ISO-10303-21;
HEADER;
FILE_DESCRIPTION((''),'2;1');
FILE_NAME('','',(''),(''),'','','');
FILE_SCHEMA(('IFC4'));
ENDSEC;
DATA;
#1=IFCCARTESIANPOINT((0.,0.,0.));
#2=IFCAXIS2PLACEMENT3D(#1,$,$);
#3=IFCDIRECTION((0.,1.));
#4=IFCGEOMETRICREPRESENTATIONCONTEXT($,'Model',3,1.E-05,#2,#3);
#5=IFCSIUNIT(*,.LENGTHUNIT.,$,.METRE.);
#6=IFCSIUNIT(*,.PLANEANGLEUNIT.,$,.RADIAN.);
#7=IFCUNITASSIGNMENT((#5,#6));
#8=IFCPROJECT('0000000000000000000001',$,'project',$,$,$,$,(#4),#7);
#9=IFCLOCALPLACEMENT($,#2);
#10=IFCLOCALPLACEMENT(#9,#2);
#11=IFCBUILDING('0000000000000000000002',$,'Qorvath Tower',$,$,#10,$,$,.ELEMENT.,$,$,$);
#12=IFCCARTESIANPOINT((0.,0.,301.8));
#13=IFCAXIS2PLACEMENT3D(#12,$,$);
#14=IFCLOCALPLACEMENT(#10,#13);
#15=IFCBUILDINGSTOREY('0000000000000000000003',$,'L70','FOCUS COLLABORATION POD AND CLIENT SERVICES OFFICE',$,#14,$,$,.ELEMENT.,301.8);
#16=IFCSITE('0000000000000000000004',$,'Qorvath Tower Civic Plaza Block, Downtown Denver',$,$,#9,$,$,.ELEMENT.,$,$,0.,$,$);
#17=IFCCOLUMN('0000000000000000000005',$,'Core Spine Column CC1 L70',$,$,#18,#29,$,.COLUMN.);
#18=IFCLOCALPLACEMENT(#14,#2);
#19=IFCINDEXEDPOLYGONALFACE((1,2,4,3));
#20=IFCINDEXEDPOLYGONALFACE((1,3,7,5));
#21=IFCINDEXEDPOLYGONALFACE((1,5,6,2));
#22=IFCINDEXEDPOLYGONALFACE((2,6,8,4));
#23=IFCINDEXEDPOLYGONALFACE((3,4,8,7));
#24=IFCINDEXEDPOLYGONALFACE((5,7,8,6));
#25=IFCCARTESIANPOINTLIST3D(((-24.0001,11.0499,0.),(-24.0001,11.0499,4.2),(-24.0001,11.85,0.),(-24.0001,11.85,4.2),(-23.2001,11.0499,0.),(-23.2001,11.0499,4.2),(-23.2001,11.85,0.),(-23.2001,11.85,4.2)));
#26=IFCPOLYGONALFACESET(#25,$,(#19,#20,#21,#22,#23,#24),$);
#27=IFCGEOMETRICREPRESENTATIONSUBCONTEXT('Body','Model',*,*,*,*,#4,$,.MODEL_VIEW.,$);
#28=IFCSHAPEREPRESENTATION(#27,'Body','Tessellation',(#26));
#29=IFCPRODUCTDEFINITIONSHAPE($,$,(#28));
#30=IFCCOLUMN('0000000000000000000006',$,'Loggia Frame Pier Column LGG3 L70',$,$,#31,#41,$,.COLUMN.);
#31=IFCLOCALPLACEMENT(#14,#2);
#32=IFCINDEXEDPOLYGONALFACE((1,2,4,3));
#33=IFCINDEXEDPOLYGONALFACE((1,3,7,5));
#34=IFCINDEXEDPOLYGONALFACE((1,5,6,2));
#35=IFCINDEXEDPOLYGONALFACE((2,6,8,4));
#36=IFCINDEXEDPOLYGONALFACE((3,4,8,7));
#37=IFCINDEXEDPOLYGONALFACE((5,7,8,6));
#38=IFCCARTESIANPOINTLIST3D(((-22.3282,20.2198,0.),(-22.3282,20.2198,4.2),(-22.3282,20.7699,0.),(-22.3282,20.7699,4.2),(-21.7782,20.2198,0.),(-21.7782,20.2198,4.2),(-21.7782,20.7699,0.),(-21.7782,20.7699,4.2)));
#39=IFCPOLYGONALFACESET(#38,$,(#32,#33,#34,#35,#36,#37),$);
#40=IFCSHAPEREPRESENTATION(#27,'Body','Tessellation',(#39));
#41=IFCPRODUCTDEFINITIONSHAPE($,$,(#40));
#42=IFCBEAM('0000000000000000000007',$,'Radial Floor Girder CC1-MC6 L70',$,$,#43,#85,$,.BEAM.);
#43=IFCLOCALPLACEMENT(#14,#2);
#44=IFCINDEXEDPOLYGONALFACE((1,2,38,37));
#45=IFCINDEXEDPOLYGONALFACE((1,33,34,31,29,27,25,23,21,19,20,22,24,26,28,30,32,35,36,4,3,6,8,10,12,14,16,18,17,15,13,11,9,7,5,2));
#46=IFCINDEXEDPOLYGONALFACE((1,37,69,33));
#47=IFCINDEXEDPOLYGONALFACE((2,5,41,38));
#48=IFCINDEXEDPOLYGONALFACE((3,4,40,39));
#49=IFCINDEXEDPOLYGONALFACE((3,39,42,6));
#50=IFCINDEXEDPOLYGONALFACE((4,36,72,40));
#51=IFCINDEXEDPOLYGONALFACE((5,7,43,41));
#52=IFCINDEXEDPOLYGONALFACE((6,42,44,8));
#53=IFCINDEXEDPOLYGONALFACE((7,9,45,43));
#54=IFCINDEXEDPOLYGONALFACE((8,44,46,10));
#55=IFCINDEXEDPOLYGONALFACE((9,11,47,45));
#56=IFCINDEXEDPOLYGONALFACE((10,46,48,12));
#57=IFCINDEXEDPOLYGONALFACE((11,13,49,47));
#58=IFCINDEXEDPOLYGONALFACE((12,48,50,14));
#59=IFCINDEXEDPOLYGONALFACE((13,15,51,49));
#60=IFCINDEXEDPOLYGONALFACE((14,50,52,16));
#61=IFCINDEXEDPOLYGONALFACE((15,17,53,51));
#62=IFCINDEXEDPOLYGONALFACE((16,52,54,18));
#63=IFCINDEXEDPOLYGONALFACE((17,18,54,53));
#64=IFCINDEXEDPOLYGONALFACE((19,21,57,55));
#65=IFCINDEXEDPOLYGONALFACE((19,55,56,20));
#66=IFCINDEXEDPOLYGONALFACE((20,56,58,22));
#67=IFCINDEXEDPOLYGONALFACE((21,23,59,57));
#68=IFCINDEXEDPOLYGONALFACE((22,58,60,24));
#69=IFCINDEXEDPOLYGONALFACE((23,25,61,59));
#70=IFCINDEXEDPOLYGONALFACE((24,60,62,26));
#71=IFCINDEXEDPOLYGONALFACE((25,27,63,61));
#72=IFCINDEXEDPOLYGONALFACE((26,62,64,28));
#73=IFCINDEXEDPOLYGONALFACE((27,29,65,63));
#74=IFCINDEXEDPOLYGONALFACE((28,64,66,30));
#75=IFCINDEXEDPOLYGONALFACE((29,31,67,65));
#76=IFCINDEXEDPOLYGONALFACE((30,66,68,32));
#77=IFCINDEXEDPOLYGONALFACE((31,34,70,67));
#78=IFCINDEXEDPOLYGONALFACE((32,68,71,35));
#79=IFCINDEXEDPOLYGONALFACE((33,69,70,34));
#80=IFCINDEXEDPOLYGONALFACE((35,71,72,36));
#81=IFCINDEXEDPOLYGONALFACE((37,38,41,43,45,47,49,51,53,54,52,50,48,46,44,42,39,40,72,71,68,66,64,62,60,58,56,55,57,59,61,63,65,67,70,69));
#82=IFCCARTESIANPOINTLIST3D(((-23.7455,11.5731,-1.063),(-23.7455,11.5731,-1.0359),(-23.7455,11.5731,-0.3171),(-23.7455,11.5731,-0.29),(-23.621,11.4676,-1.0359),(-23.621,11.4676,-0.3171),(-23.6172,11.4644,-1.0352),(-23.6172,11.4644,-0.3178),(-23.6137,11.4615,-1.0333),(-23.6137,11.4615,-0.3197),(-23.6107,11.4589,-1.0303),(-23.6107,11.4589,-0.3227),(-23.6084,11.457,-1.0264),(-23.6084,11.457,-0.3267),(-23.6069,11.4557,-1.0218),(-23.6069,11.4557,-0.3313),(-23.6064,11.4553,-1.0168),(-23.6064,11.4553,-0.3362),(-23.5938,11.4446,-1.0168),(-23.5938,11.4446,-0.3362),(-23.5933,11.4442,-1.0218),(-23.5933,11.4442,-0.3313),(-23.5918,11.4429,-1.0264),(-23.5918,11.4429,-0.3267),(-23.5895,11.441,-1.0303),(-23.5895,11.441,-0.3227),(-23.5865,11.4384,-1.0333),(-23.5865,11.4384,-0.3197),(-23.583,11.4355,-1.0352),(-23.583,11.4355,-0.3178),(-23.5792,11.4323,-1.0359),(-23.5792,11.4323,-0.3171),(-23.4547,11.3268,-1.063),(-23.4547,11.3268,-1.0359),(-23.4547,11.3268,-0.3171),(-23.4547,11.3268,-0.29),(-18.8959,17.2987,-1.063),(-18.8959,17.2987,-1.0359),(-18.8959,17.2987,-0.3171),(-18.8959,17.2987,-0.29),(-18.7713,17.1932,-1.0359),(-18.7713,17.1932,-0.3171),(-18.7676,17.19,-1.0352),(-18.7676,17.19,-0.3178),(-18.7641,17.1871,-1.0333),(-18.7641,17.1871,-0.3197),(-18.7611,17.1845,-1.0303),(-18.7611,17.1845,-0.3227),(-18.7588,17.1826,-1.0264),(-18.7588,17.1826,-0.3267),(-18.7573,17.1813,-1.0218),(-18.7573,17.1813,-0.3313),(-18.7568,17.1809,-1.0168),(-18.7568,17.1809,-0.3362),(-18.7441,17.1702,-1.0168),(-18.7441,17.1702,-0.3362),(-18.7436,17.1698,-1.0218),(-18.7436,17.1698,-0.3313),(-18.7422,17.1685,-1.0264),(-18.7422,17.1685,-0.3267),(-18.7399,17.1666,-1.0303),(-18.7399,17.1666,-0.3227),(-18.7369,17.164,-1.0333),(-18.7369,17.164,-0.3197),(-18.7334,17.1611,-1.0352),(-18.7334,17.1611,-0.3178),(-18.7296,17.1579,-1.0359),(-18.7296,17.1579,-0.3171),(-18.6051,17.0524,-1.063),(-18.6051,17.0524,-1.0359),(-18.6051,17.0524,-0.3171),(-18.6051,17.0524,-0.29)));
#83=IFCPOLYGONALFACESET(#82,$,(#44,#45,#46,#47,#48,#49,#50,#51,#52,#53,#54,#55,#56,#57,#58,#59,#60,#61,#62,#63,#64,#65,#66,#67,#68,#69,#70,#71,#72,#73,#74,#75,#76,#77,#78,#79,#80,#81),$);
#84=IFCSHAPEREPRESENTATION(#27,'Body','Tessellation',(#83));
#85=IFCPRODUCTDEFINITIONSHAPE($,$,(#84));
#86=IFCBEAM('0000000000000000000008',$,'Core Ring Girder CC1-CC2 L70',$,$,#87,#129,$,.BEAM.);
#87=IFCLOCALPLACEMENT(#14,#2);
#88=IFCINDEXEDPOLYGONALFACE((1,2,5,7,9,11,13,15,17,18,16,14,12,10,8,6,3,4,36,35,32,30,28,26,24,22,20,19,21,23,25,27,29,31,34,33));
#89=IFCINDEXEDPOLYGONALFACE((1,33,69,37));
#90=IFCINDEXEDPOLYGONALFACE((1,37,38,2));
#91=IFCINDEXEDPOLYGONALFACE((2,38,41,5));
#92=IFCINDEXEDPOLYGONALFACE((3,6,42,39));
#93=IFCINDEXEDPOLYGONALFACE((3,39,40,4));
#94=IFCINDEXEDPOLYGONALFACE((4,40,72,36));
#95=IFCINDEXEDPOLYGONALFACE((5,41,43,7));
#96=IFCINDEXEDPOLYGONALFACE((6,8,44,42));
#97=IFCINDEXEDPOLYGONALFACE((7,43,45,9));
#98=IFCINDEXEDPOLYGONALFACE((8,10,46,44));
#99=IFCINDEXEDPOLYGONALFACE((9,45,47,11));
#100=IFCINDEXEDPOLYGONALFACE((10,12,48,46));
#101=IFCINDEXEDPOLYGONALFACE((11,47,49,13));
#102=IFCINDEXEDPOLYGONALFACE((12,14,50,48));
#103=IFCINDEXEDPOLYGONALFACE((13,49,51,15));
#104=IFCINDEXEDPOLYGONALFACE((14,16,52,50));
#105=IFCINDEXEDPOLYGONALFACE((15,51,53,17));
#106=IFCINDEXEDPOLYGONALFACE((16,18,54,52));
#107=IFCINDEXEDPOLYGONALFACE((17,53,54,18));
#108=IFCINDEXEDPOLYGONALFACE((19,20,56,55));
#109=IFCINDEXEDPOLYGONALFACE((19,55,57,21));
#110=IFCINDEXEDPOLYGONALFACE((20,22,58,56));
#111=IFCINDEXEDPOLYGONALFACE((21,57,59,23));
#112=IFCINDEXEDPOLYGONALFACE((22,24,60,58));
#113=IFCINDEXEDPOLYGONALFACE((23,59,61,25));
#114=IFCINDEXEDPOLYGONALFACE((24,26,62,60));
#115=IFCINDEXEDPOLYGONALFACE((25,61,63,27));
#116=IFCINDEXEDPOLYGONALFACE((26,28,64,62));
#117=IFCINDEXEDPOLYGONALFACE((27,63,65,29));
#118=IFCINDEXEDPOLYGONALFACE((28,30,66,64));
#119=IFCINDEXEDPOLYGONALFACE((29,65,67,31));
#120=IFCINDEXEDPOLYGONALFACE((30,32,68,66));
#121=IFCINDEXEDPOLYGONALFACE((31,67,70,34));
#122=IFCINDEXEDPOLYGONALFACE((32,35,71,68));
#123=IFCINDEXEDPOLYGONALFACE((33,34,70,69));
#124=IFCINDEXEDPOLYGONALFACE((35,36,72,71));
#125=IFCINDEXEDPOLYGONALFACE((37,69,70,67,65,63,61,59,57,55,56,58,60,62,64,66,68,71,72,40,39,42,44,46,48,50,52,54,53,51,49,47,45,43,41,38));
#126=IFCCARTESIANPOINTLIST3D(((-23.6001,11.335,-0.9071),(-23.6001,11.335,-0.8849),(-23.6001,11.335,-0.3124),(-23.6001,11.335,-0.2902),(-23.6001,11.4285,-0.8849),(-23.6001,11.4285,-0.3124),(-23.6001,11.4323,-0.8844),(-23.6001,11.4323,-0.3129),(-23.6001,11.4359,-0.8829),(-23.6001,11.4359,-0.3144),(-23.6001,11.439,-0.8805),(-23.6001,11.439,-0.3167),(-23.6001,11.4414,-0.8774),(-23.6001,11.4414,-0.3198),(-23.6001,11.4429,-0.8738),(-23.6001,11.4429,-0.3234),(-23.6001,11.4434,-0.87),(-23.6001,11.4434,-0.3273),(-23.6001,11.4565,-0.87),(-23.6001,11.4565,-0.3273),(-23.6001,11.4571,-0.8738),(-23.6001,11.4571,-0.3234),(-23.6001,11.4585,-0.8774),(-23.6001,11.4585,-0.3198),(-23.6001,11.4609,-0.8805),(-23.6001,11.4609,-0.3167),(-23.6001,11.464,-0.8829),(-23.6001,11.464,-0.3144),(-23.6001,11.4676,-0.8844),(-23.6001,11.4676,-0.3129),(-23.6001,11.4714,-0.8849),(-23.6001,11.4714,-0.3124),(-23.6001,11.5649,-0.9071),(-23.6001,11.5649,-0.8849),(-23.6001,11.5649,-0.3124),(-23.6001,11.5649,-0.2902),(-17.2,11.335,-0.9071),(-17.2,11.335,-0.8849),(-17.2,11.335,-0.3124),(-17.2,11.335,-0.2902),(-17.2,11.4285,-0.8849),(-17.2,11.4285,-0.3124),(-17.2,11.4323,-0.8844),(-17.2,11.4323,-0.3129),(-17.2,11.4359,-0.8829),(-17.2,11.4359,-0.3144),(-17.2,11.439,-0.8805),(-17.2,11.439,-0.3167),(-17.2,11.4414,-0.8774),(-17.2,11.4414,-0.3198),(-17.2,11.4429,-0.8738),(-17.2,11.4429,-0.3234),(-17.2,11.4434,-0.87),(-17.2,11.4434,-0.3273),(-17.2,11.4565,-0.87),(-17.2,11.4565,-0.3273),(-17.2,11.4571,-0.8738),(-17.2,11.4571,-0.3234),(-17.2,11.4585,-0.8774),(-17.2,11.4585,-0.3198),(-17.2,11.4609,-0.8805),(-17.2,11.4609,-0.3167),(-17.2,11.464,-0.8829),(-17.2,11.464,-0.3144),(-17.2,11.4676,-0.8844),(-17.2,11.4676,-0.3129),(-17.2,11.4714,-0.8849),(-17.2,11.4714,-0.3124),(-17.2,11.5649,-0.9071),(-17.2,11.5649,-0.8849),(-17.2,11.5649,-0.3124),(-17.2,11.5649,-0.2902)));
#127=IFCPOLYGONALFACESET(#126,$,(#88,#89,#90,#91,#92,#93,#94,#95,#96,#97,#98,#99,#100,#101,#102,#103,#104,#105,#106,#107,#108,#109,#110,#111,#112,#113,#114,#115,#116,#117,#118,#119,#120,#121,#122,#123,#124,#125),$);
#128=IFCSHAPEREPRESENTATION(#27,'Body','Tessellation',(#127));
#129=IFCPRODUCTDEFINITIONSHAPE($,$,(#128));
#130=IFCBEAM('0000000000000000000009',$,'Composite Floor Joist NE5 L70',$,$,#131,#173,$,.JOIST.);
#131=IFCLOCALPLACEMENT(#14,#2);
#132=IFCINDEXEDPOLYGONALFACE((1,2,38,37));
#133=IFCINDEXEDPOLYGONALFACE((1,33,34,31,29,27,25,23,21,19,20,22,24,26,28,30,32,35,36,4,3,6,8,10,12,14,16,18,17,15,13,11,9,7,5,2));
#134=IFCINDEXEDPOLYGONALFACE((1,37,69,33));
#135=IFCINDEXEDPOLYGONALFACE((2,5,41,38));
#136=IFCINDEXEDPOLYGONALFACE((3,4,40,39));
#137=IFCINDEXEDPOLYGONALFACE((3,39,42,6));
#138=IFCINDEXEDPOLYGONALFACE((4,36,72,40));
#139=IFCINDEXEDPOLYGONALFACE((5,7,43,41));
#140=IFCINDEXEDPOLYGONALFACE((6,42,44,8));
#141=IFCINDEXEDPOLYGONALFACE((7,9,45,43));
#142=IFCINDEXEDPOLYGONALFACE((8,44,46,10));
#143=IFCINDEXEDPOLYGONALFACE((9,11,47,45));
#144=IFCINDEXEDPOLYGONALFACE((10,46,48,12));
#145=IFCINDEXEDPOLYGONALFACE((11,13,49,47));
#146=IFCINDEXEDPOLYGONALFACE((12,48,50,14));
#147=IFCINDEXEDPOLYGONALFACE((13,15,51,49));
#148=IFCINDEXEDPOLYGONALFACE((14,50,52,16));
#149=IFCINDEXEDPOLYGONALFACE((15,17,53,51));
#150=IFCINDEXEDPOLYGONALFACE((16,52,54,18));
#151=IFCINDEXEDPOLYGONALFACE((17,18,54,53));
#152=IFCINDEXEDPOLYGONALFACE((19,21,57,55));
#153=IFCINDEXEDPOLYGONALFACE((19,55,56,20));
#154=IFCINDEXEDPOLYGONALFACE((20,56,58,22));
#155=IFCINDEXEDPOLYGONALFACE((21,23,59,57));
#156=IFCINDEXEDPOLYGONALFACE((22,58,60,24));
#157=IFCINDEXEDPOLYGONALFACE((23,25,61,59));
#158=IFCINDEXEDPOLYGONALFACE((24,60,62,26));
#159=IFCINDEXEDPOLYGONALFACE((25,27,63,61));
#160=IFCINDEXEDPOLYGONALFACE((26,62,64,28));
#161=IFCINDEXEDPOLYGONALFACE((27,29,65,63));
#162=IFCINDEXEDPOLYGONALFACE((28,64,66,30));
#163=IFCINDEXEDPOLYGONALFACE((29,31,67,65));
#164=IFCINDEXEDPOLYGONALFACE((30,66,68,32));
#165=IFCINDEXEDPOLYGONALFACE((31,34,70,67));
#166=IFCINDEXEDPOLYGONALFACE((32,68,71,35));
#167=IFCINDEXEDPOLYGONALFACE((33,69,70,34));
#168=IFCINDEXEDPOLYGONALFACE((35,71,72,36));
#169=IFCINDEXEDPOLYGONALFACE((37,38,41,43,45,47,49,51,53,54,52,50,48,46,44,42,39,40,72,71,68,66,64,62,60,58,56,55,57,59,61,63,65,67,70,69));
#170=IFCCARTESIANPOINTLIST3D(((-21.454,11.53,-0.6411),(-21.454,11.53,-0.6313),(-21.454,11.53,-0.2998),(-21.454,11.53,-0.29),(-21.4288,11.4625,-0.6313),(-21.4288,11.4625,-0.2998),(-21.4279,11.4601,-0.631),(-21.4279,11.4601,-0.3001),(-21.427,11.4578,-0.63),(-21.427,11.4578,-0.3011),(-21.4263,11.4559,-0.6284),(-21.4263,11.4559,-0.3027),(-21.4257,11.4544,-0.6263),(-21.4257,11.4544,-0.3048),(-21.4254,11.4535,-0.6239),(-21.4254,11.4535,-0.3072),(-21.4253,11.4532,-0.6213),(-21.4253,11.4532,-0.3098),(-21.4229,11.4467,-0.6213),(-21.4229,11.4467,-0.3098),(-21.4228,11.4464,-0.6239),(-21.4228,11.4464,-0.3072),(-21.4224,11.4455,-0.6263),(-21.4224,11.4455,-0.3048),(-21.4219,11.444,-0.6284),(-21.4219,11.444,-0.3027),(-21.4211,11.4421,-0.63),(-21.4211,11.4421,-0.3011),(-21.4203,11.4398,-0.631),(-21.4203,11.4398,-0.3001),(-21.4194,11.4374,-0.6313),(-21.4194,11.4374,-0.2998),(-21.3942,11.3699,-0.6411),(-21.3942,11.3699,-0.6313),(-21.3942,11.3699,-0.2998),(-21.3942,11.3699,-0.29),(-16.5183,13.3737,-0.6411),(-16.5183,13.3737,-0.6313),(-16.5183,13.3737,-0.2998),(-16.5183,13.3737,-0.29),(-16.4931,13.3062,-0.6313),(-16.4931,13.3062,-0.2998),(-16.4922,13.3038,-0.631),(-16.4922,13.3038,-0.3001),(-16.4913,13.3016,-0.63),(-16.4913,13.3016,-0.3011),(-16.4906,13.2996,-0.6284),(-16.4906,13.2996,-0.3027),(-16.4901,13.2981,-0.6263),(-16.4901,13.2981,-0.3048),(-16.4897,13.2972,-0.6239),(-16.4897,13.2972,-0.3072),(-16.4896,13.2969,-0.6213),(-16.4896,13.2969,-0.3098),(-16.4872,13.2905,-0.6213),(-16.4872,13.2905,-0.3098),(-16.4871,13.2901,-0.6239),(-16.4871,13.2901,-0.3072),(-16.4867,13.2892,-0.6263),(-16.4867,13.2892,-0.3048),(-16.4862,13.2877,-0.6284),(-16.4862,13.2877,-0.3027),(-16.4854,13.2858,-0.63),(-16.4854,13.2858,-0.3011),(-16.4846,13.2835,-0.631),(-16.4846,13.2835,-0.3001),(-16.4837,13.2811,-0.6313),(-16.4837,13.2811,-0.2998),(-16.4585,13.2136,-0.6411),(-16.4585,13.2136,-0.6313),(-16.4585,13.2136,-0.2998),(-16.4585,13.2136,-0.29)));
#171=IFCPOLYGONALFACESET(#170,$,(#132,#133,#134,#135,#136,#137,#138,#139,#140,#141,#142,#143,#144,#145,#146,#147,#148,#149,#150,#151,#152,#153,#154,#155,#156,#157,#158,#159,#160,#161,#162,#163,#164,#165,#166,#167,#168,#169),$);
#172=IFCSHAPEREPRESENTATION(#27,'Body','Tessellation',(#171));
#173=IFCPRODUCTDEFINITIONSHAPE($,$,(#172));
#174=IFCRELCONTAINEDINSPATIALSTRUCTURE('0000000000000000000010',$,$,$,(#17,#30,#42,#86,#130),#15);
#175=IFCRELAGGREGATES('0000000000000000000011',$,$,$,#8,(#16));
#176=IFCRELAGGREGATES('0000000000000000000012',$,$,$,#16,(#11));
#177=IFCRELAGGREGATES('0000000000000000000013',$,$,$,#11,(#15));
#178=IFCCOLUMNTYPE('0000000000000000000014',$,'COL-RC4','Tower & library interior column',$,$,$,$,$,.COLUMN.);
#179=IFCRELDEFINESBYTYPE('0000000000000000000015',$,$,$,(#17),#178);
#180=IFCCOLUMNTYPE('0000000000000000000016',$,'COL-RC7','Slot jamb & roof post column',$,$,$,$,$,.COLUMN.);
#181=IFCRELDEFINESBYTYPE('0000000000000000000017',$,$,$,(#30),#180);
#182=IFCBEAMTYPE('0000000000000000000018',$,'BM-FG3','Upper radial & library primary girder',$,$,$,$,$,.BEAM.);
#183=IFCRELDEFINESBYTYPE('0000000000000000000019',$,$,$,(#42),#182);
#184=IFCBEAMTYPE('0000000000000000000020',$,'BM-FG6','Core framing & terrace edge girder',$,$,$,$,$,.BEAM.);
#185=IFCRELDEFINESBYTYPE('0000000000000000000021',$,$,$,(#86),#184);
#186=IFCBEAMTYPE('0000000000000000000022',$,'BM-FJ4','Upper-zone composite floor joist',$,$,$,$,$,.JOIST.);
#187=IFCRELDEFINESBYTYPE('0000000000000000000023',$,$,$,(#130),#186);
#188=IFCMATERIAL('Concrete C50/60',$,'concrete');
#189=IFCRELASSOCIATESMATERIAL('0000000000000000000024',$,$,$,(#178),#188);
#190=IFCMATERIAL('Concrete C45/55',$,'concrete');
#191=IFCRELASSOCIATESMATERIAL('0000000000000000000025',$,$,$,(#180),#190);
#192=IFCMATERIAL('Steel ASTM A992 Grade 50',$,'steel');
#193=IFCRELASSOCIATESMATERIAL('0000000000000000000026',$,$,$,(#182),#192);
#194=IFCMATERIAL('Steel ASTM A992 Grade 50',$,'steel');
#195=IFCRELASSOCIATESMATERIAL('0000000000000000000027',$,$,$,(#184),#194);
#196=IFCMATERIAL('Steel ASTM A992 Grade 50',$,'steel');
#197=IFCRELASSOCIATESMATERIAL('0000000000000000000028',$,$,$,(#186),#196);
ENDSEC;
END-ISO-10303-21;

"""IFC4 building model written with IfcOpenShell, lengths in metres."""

from ifc_helpers import new_model, si_unit, direction, frame, origin, origin_2d, place, context, subcontext, project, spatial, rectangle, i_section, extrude, material, material_profile, profile_set, type_object, element, save


model = new_model("IFC4")

# Units and contexts
model_context = context("Model", 3, precision=1e-05, world=origin(), true_north=direction((0.0, 1.0)))
body_context = subcontext(model_context, "Body", "Model", "MODEL_VIEW")
ifc_project = project(units=[si_unit("LENGTHUNIT", "METRE"), si_unit("PLANEANGLEUNIT", "RADIAN")], contexts=[model_context])

# Site, building, storey
site_placement = place(None, origin())
site = spatial("IfcSite", under=ifc_project, at=site_placement, Name="Qorvath Tower Civic Plaza Block, Downtown Denver", CompositionType="ELEMENT", RefElevation=0.0)
building_placement = place(site_placement, origin())
building = spatial("IfcBuilding", under=site, at=building_placement, Name="Qorvath Tower", CompositionType="ELEMENT")
storey_placement = place(building_placement, frame((0.0, 0.0, 301.8)))
storey = spatial("IfcBuildingStorey", under=building, at=storey_placement, Name="L70", Description="FOCUS COLLABORATION POD AND CLIENT SERVICES OFFICE", CompositionType="ELEMENT", Elevation=301.8)

# Columns
ifc_material_1 = material(Name="Concrete C50/60", Category="concrete")
ifc_material_profile_1 = material_profile(ifc_material_1, rectangle(XDim=0.8, YDim=0.8, at=origin_2d()), Name="RC 800x800")
ifc_profile_set_1 = profile_set([ifc_material_profile_1], Name="Concrete C50/60")
column_type_1 = type_object("IfcColumnType", Name="COL-RC4", Description="Tower & library interior column", PredefinedType="COLUMN", material=ifc_profile_set_1)
column_1_placement = place(storey_placement, frame((-23.6001, 11.45, 0.0), z_axis=(0.0, 0.0, 1.0), x_axis=(1.0, 0.0, 0.0)))
element("IfcColumn", 1, at=column_1_placement, inside=storey, type_object=column_type_1, Name="Core Spine Column CC1 L70", PredefinedType="COLUMN", context=body_context, shape_type="SweptSolid", body=[
    extrude(rectangle(XDim=0.8, YDim=0.8, at=origin_2d()), origin(), (0.0, 0.0, 1.0), 4.2),
])
ifc_material_2 = material(Name="Concrete C45/55", Category="concrete")
ifc_material_profile_2 = material_profile(ifc_material_2, rectangle(XDim=0.55, YDim=0.55, at=origin_2d()), Name="RC 550x550")
ifc_profile_set_2 = profile_set([ifc_material_profile_2], Name="Concrete C45/55")
column_type_2 = type_object("IfcColumnType", Name="COL-RC7", Description="Slot jamb & roof post column", PredefinedType="COLUMN", material=ifc_profile_set_2)
column_2_placement = place(storey_placement, frame((-22.0532, 20.4949, 0.0), z_axis=(0.0, 0.0, 1.0), x_axis=(1.0, 0.0, 0.0)))
element("IfcColumn", 2, at=column_2_placement, inside=storey, type_object=column_type_2, Name="Loggia Frame Pier Column LGG3 L70", PredefinedType="COLUMN", context=body_context, shape_type="SweptSolid", body=[
    extrude(rectangle(XDim=0.55, YDim=0.55, at=origin_2d()), origin(), (0.0, 0.0, 1.0), 4.2),
])

# Beams
ifc_material_3 = material(Name="Steel ASTM A992 Grade 50", Category="steel")
ifc_material_profile_3 = material_profile(ifc_material_3, i_section(OverallWidth=0.3811, OverallDepth=0.7729, WebThickness=0.0166, FlangeThickness=0.0271, FilletRadius=0.019, at=origin_2d()), Name="W30x173")
ifc_profile_set_3 = profile_set([ifc_material_profile_3], Name="Steel ASTM A992 Grade 50")
beam_type_1 = type_object("IfcBeamType", Name="BM-FG3", Description="Upper radial & library primary girder", PredefinedType="BEAM", material=ifc_profile_set_3)
beam_1_placement = place(storey_placement, frame((-23.6001, 11.45, -0.6765), z_axis=(0.646321, 0.763065, 0.0), x_axis=(-0.763065, 0.646321, 0.0)))
element("IfcBeam", 3, at=beam_1_placement, inside=storey, type_object=beam_type_1, Name="Radial Floor Girder CC1-MC6 L70", PredefinedType="BEAM", context=body_context, shape_type="SweptSolid", body=[
    extrude(i_section(OverallWidth=0.3811, OverallDepth=0.7729, WebThickness=0.0166, FlangeThickness=0.0271, FilletRadius=0.019, at=origin_2d()), origin(), (0.0, 0.0, 1.0), 7.5034),
])
ifc_material_4 = material(Name="Steel ASTM A992 Grade 50", Category="steel")
ifc_material_profile_4 = material_profile(ifc_material_4, i_section(OverallWidth=0.23, OverallDepth=0.6169, WebThickness=0.0132, FlangeThickness=0.0222, FilletRadius=0.0149, at=origin_2d()), Name="W24x94")
ifc_profile_set_4 = profile_set([ifc_material_profile_4], Name="Steel ASTM A992 Grade 50")
beam_type_2 = type_object("IfcBeamType", Name="BM-FG6", Description="Core framing & terrace edge girder", PredefinedType="BEAM", material=ifc_profile_set_4)
beam_2_placement = place(storey_placement, frame((-23.6001, 11.45, -0.5986), z_axis=(1.0, 0.0, 0.0), x_axis=(0.0, 1.0, 0.0)))
element("IfcBeam", 4, at=beam_2_placement, inside=storey, type_object=beam_type_2, Name="Core Ring Girder CC1-CC2 L70", PredefinedType="BEAM", context=body_context, shape_type="SweptSolid", body=[
    extrude(i_section(OverallWidth=0.23, OverallDepth=0.6169, WebThickness=0.0132, FlangeThickness=0.0222, FilletRadius=0.0149, at=origin_2d()), origin(), (0.0, 0.0, 1.0), 6.4001),
])
ifc_material_5 = material(Name="Steel ASTM A992 Grade 50", Category="steel")
ifc_material_profile_5 = material_profile(ifc_material_5, i_section(OverallWidth=0.1709, OverallDepth=0.3511, WebThickness=0.0068, FlangeThickness=0.0098, FilletRadius=0.01, at=origin_2d()), Name="W14x30")
ifc_profile_set_5 = profile_set([ifc_material_profile_5], Name="Steel ASTM A992 Grade 50")
beam_type_3 = type_object("IfcBeamType", Name="BM-FJ4", Description="Upper-zone composite floor joist", PredefinedType="JOIST", material=ifc_profile_set_5)
beam_3_placement = place(storey_placement, frame((-21.4241, 11.45, -0.4656), z_axis=(0.936776, 0.34993, 0.0), x_axis=(-0.34993, 0.936776, 0.0)))
element("IfcBeam", 5, at=beam_3_placement, inside=storey, type_object=beam_type_3, Name="Composite Floor Joist NE5 L70", PredefinedType="JOIST", context=body_context, shape_type="SweptSolid", body=[
    extrude(i_section(OverallWidth=0.1709, OverallDepth=0.3511, WebThickness=0.0068, FlangeThickness=0.0098, FilletRadius=0.01, at=origin_2d()), origin(), (0.0, 0.0, 1.0), 5.2688),
])

save(model, "model.ifc")
